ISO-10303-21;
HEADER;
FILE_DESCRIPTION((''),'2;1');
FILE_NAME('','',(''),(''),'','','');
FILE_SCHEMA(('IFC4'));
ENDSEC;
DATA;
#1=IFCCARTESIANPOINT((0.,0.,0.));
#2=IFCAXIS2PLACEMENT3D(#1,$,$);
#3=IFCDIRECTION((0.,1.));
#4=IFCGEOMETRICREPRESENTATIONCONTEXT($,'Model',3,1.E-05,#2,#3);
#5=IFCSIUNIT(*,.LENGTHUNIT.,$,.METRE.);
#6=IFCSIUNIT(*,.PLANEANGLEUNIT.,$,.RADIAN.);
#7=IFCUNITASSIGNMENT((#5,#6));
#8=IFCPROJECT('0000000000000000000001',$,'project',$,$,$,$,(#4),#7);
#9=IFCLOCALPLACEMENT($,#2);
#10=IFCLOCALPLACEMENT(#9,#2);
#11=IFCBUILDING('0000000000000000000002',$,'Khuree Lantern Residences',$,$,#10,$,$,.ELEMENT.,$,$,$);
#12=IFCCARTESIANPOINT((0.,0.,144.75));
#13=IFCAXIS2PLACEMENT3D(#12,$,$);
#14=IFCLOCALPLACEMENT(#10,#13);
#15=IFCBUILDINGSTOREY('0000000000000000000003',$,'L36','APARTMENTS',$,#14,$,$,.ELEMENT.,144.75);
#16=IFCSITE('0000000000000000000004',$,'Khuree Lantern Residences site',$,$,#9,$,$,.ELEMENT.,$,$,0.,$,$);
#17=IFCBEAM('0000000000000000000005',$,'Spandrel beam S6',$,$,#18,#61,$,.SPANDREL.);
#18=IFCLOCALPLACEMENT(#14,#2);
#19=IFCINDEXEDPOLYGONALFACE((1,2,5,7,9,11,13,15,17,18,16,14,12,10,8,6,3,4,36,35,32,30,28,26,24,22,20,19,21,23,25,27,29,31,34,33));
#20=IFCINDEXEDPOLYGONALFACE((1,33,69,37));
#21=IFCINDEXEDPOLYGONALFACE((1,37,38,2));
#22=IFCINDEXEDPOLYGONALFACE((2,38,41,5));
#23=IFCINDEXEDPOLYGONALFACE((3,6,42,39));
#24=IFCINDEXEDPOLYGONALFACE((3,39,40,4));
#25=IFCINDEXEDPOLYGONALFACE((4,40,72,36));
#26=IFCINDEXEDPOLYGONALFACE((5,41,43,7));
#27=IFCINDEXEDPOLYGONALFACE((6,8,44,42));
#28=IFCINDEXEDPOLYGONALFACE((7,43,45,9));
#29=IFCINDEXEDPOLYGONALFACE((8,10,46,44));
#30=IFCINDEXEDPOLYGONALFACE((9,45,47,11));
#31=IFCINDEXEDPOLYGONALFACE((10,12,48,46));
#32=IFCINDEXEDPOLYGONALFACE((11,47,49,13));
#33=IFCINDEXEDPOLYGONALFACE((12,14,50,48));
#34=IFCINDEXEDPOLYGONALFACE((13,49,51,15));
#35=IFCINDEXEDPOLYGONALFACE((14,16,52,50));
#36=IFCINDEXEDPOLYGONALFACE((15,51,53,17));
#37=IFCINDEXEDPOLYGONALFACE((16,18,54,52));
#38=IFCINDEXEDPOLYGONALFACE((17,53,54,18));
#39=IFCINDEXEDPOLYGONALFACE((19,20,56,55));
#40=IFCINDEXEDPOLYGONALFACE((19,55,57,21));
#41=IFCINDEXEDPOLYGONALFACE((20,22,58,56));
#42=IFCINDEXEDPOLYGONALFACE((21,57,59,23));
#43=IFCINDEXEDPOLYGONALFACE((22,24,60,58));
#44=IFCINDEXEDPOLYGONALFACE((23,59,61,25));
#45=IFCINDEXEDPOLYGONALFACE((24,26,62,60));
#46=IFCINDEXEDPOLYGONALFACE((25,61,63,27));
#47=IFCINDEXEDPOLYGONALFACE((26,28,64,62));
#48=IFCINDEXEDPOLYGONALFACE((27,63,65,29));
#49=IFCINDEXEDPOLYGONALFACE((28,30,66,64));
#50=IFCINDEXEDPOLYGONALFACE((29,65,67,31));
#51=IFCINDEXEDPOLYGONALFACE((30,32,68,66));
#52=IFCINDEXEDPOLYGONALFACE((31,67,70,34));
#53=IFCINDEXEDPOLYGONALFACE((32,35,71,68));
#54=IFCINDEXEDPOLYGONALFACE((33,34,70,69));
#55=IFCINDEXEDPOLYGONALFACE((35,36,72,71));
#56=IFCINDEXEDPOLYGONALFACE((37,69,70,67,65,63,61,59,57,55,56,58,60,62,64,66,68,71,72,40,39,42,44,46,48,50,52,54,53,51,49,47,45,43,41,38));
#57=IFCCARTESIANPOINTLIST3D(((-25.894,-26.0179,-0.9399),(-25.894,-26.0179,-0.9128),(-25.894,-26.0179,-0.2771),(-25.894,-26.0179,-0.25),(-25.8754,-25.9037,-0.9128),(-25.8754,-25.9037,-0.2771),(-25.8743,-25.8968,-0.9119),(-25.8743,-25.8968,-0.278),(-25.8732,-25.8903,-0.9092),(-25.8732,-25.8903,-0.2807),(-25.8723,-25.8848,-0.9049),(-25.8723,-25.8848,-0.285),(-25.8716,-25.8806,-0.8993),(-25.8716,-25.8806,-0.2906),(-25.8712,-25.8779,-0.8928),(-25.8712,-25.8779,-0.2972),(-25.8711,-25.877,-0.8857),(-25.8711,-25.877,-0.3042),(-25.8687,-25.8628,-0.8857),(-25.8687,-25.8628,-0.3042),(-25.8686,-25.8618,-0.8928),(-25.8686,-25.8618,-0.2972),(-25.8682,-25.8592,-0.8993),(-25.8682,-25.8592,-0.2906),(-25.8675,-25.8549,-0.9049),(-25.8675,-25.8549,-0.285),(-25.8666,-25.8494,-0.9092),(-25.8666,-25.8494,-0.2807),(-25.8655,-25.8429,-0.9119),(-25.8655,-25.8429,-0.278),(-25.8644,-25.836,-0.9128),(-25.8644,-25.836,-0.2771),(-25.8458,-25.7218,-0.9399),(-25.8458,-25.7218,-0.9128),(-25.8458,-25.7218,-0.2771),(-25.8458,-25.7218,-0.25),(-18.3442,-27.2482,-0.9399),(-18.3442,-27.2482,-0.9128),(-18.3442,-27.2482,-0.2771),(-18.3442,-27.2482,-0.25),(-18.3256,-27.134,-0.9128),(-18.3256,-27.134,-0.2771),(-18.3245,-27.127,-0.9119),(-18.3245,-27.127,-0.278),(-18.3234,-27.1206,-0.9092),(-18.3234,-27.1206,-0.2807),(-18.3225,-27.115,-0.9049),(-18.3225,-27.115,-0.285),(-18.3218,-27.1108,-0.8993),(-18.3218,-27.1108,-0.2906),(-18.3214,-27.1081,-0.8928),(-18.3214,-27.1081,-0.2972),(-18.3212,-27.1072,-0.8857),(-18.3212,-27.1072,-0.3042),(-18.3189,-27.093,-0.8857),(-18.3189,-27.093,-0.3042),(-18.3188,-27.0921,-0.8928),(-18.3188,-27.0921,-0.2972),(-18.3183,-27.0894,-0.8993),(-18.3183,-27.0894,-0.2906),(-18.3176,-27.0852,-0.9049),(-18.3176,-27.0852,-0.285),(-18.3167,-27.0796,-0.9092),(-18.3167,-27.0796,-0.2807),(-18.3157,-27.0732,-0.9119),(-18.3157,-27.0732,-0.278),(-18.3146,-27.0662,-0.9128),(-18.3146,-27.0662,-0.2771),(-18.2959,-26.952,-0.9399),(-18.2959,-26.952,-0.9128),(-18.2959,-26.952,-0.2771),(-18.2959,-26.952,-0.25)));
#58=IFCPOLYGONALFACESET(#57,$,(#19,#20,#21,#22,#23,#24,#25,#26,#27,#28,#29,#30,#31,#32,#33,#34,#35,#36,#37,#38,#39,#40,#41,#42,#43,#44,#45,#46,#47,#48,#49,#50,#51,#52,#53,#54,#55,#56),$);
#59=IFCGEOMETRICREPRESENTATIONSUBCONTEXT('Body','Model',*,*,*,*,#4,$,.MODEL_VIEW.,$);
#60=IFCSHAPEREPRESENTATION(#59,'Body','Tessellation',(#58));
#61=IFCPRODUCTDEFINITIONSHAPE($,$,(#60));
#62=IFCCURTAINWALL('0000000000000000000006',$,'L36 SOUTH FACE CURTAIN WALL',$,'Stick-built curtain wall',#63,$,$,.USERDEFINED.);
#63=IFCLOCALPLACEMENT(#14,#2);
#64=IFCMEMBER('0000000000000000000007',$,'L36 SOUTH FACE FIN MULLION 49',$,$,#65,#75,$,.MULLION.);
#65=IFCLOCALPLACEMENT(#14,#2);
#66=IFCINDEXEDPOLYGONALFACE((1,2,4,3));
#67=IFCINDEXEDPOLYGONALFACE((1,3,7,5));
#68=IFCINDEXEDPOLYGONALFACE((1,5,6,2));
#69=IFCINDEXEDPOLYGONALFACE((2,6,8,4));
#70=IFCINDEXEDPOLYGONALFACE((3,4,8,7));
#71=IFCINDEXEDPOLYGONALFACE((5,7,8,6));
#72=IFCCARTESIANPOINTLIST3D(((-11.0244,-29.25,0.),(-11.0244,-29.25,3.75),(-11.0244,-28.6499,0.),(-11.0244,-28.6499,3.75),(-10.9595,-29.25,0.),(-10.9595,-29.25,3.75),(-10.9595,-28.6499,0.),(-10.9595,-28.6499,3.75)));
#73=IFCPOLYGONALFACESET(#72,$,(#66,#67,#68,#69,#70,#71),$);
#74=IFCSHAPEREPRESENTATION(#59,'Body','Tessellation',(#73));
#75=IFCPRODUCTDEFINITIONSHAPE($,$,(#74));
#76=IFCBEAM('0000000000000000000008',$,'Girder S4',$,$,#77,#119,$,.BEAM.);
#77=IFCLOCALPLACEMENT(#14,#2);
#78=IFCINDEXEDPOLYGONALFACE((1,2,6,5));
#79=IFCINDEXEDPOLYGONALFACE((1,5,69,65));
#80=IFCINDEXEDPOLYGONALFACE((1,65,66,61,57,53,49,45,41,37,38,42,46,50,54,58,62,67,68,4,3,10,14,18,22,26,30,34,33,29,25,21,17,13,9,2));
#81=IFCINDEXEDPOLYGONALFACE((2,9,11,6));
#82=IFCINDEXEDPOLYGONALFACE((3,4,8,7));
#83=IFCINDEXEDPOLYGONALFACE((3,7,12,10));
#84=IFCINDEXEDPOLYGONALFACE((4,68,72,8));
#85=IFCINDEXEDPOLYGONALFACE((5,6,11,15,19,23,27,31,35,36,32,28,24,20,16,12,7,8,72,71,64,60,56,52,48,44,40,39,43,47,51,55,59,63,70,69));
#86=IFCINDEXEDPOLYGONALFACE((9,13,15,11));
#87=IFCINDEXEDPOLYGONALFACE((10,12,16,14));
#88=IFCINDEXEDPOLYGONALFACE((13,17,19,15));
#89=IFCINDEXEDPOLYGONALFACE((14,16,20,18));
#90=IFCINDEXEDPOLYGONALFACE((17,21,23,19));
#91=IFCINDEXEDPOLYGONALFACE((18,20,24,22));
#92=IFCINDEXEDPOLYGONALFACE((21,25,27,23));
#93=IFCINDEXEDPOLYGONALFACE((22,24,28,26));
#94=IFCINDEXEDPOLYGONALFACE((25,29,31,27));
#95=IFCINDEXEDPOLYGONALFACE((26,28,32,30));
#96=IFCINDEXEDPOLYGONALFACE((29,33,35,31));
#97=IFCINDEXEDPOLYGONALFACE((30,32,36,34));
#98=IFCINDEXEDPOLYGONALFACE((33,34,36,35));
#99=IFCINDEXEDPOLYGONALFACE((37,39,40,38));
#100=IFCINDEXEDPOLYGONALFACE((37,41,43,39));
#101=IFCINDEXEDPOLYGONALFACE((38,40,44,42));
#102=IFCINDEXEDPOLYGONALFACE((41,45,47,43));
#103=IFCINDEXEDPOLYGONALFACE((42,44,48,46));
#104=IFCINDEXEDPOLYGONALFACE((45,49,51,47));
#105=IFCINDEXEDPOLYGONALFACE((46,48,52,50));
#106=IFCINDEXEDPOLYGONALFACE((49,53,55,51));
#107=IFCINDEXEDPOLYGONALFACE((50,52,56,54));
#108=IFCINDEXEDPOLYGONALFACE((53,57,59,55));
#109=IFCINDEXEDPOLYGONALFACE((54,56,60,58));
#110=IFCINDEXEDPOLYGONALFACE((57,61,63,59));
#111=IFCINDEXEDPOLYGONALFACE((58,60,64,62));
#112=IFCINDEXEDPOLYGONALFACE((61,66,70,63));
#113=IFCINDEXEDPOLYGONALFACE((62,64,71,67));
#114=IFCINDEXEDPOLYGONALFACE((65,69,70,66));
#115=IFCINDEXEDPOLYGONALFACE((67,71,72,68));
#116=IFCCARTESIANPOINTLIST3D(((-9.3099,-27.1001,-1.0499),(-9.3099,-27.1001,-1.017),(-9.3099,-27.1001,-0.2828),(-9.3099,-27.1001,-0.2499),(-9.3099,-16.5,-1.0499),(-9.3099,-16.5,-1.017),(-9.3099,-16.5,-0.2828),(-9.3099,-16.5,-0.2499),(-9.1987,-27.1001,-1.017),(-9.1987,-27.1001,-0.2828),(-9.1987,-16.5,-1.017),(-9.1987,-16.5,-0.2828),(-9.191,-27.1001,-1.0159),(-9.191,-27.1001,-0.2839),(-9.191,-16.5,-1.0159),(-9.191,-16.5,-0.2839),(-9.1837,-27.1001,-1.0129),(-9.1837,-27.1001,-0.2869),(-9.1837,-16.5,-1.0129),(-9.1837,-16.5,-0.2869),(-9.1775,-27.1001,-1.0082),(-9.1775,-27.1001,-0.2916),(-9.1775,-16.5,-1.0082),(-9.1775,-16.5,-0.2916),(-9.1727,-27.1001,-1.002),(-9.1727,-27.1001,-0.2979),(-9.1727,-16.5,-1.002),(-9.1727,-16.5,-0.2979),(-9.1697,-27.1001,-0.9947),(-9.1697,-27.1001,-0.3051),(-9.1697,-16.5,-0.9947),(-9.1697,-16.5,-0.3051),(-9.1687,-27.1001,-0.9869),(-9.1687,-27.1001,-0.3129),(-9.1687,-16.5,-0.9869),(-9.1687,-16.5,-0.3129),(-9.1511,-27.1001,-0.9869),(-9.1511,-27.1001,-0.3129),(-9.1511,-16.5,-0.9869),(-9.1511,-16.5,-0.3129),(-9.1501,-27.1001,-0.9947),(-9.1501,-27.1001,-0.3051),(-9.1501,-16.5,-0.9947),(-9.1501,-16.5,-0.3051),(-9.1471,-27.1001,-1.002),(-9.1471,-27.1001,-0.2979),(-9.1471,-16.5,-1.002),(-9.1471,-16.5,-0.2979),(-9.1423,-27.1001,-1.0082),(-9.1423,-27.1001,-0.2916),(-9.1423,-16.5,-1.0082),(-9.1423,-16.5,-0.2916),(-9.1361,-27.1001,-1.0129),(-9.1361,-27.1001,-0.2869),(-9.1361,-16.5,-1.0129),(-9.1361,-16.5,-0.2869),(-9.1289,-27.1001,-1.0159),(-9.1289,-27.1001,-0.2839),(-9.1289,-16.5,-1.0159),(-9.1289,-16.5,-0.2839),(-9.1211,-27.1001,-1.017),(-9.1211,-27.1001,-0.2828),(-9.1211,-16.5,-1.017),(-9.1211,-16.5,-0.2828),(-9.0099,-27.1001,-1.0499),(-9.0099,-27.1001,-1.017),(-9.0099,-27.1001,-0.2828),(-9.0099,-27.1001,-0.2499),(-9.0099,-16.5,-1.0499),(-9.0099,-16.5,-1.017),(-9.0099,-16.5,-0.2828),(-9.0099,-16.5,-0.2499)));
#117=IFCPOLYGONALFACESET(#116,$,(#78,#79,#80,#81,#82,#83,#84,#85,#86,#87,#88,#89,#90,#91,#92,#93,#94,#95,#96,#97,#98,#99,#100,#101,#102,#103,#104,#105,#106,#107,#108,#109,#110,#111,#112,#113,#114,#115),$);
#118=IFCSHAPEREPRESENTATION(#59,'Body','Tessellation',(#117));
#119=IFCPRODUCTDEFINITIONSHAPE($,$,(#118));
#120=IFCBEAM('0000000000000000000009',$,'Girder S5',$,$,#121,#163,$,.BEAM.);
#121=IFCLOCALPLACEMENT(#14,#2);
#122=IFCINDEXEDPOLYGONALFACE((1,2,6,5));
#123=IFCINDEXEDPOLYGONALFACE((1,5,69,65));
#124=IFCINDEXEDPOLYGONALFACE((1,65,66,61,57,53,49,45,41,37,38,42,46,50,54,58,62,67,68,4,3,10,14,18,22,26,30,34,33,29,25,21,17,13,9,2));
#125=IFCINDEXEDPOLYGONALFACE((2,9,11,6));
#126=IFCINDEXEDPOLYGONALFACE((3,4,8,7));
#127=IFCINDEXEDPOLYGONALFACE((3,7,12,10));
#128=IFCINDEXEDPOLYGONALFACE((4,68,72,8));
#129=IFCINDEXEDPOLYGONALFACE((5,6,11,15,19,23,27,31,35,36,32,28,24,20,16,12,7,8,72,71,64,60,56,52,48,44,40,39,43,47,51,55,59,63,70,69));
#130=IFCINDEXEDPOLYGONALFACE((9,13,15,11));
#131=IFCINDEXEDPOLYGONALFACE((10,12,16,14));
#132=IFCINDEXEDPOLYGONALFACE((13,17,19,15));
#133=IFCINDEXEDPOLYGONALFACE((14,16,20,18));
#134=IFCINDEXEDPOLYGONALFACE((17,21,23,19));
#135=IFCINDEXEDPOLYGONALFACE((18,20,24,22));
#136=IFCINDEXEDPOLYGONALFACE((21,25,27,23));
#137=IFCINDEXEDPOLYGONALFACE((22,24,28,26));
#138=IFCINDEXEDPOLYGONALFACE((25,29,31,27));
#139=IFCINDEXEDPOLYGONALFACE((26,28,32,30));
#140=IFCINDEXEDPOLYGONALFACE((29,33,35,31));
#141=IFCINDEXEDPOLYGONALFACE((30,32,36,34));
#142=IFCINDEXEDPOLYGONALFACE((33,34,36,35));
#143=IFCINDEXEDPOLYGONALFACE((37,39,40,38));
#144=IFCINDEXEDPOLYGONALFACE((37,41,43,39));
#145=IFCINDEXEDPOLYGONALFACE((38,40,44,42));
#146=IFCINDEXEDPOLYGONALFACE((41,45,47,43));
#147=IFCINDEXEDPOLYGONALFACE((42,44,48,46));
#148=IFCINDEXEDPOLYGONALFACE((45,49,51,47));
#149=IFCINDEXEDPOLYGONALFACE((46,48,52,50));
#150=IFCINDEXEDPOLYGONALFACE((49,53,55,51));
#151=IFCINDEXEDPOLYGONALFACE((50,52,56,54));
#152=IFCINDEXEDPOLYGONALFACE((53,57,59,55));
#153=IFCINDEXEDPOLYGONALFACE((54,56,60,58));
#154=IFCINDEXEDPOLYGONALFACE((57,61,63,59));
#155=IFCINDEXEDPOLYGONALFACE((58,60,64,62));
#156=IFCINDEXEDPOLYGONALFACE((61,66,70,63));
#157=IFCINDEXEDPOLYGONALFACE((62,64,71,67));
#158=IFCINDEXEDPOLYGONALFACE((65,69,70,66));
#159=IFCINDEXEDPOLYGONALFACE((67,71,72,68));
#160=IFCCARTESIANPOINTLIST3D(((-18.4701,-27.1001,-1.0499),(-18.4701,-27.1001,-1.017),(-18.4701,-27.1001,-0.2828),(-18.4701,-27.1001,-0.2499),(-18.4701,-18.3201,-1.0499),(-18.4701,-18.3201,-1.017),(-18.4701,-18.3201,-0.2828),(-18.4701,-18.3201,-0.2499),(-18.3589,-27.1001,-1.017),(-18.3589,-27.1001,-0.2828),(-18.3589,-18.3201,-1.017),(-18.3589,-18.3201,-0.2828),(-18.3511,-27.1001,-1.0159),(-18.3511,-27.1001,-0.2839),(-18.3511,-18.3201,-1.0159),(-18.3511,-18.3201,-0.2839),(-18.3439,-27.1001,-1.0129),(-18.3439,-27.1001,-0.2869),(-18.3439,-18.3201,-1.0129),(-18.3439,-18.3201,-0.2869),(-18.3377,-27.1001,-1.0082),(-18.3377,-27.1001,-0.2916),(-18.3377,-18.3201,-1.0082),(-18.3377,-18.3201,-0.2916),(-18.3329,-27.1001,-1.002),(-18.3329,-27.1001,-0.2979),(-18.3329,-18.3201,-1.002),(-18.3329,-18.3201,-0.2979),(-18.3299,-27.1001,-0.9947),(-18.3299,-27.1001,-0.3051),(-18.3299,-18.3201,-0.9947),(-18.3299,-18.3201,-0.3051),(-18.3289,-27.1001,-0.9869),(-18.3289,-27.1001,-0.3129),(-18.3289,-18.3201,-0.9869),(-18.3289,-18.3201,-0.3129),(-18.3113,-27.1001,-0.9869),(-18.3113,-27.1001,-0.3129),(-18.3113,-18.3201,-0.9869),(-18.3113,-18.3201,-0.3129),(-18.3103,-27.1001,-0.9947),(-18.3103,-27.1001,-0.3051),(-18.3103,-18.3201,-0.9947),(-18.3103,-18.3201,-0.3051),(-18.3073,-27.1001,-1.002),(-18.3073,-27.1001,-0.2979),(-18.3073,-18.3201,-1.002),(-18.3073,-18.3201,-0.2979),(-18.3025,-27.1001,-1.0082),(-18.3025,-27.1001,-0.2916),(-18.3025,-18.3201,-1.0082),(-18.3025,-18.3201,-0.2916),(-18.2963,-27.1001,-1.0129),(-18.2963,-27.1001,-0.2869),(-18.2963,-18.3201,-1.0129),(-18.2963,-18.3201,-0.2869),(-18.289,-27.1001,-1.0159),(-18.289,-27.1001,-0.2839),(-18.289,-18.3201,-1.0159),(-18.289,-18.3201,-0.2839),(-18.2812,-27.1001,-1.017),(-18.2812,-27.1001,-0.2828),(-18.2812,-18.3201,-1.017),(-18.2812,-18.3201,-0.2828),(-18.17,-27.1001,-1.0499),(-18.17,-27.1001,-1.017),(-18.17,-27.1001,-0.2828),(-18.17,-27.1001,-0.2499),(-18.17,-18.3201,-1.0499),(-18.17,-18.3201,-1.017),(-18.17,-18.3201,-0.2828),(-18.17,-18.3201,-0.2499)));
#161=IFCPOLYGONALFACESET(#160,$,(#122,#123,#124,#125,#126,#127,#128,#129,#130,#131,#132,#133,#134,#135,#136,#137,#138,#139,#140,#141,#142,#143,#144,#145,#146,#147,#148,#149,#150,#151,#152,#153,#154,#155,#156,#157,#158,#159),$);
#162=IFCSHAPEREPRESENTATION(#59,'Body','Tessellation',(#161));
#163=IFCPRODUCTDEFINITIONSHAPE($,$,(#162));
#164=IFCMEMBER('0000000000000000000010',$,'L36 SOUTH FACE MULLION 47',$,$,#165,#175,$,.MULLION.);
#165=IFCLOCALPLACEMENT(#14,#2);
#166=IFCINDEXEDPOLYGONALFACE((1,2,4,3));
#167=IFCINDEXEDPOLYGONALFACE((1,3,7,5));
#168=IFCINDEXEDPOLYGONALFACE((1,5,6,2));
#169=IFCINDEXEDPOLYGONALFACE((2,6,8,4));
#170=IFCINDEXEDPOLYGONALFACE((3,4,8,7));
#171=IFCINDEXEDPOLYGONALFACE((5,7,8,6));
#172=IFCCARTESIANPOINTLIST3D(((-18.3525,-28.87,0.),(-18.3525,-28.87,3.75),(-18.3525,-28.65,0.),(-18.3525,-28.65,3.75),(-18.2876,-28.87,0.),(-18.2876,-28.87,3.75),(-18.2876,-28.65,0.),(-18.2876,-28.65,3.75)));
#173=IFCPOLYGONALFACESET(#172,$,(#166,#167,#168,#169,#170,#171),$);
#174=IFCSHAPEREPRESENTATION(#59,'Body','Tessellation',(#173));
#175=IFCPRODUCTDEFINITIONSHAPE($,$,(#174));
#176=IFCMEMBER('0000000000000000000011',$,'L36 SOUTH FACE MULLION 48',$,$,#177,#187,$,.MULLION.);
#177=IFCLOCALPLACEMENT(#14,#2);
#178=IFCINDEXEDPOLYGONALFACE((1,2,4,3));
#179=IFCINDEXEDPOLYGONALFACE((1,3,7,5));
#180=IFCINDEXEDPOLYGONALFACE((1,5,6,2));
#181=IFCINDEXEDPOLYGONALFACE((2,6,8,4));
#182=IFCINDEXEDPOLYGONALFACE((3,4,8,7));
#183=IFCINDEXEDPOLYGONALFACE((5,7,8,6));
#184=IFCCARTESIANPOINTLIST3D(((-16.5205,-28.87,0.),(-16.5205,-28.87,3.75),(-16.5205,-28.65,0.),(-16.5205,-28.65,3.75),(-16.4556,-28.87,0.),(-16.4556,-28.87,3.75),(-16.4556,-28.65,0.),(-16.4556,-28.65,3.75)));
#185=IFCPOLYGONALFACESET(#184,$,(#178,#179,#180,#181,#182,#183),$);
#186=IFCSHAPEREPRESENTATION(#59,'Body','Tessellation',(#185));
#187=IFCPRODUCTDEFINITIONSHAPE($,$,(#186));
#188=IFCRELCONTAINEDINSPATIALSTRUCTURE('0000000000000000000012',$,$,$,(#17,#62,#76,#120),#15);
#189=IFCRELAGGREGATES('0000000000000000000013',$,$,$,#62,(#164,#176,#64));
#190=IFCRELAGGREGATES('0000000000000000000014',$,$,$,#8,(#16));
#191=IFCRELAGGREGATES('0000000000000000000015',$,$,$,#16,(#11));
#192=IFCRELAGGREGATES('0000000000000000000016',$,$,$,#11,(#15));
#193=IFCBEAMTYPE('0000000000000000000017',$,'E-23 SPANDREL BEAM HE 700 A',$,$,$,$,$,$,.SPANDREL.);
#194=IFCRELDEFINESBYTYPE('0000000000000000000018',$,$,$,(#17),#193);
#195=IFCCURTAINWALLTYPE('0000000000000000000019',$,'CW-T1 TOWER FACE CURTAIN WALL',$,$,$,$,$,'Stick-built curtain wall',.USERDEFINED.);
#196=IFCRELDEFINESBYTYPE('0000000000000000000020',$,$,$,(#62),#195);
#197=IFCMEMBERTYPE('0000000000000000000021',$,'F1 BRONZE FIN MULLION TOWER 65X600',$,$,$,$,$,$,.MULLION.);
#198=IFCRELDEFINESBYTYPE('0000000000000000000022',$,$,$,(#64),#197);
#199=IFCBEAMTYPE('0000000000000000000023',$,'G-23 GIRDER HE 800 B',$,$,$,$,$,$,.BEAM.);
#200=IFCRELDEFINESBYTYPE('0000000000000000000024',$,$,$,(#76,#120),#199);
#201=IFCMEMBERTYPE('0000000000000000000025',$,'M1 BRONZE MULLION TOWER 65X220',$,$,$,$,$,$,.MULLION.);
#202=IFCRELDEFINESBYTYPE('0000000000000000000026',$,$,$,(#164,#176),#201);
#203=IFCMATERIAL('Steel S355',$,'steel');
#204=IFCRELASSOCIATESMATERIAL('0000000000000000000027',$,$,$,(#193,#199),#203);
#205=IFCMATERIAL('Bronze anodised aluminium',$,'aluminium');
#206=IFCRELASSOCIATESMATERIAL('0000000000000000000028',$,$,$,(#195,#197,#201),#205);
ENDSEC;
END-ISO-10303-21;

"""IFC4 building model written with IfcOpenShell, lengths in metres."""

from ifc_helpers import new_model, si_unit, direction, frame, origin, origin_2d, place, context, subcontext, project, spatial, rectangle, i_section, extrude, material, material_profile, profile_set, type_object, element, aggregate, save


model = new_model("IFC4")

# Units and contexts
model_context = context("Model", 3, precision=1e-05, world=origin(), true_north=direction((0.0, 1.0)))
body_context = subcontext(model_context, "Body", "Model", "MODEL_VIEW")
ifc_project = project(units=[si_unit("LENGTHUNIT", "METRE"), si_unit("PLANEANGLEUNIT", "RADIAN")], contexts=[model_context])

# Site, building, storey
site_placement = place(None, origin())
site = spatial("IfcSite", under=ifc_project, at=site_placement, Name="Khuree Lantern Residences site", CompositionType="ELEMENT", RefElevation=0.0)
building_placement = place(site_placement, origin())
building = spatial("IfcBuilding", under=site, at=building_placement, Name="Khuree Lantern Residences", CompositionType="ELEMENT")
storey_placement = place(building_placement, frame((0.0, 0.0, 144.75)))
storey = spatial("IfcBuildingStorey", under=building, at=storey_placement, Name="L36", Description="APARTMENTS", CompositionType="ELEMENT", Elevation=144.75)

# Beam
ifc_material_1 = material(Name="Steel S355", Category="steel")
ifc_material_profile_1 = material_profile(ifc_material_1, i_section(OverallWidth=0.3, OverallDepth=0.6899, WebThickness=0.0144, FlangeThickness=0.0271, FilletRadius=0.0271, at=origin_2d()), Name="HE 700 A")
ifc_profile_set_1 = profile_set([ifc_material_profile_1], Name="Steel S355")
beam_type_1 = type_object("IfcBeamType", Name="E-23 SPANDREL BEAM HE 700 A", PredefinedType="SPANDREL", material=ifc_profile_set_1)
beam_1_placement = place(storey_placement, frame((-18.3201, -27.1001, -0.595), z_axis=(-0.986983, 0.160827, 0.0), x_axis=(-0.160827, -0.986983, 0.0)))
element("IfcBeam", 1, at=beam_1_placement, inside=storey, type_object=beam_type_1, Name="Spandrel beam S6", PredefinedType="SPANDREL", context=body_context, shape_type="SweptSolid", body=[
    extrude(i_section(OverallWidth=0.3, OverallDepth=0.6899, WebThickness=0.0144, FlangeThickness=0.0271, FilletRadius=0.0271, at=origin_2d()), origin(), (0.0, 0.0, 1.0), 7.6494),
])

# Curtain wall, member
ifc_material_2 = material(Name="Bronze anodised aluminium", Category="aluminium")
curtain_wall_type = type_object("IfcCurtainWallType", Name="CW-T1 TOWER FACE CURTAIN WALL", ElementType="Stick-built curtain wall", PredefinedType="USERDEFINED", material=ifc_material_2)
curtain_wall_placement = place(storey_placement, origin())
curtain_wall = element("IfcCurtainWall", 2, at=curtain_wall_placement, inside=storey, type_object=curtain_wall_type, Name="L36 SOUTH FACE CURTAIN WALL", ObjectType="Stick-built curtain wall", PredefinedType="USERDEFINED")
ifc_material_profile_2 = material_profile(ifc_material_2, rectangle(XDim=0.0649, YDim=0.6001, at=origin_2d()), Name="F1 65X600")
ifc_profile_set_2 = profile_set([ifc_material_profile_2], Name="Bronze anodised aluminium")
member_type_1 = type_object("IfcMemberType", Name="F1 BRONZE FIN MULLION TOWER 65X600", PredefinedType="MULLION", material=ifc_profile_set_2)
member_1_placement = place(storey_placement, frame((-10.9919, -28.95, 0.0), z_axis=(0.0, 0.0, 1.0), x_axis=(1.0, 0.0, 0.0)))
member_1 = element("IfcMember", 3, at=member_1_placement, type_object=member_type_1, Name="L36 SOUTH FACE FIN MULLION 49", PredefinedType="MULLION", context=body_context, shape_type="SweptSolid", body=[
    extrude(rectangle(XDim=0.0649, YDim=0.6001, at=origin_2d()), origin(), (0.0, 0.0, 1.0), 3.75),
])

# Beams
ifc_material_profile_3 = material_profile(ifc_material_1, i_section(OverallWidth=0.3, OverallDepth=0.8, WebThickness=0.0176, FlangeThickness=0.033, FilletRadius=0.03, at=origin_2d()), Name="HE 800 B")
ifc_profile_set_3 = profile_set([ifc_material_profile_3], Name="Steel S355")
beam_type_2 = type_object("IfcBeamType", Name="G-23 GIRDER HE 800 B", PredefinedType="BEAM", material=ifc_profile_set_3)
beam_2_placement = place(storey_placement, frame((-9.1599, -27.1001, -0.6499), z_axis=(0.0, 1.0, 0.0), x_axis=(-1.0, 0.0, 0.0)))
element("IfcBeam", 4, at=beam_2_placement, inside=storey, type_object=beam_type_2, Name="Girder S4", PredefinedType="BEAM", context=body_context, shape_type="SweptSolid", body=[
    extrude(i_section(OverallWidth=0.3, OverallDepth=0.8, WebThickness=0.0176, FlangeThickness=0.033, FilletRadius=0.03, at=origin_2d()), origin(), (0.0, 0.0, 1.0), 10.6001),
])
beam_3_placement = place(storey_placement, frame((-18.3201, -27.1001, -0.6499), z_axis=(0.0, 1.0, 0.0), x_axis=(-1.0, 0.0, 0.0)))
element("IfcBeam", 5, at=beam_3_placement, inside=storey, type_object=beam_type_2, Name="Girder S5", PredefinedType="BEAM", context=body_context, shape_type="SweptSolid", body=[
    extrude(i_section(OverallWidth=0.3, OverallDepth=0.8, WebThickness=0.0176, FlangeThickness=0.033, FilletRadius=0.03, at=origin_2d()), origin(), (0.0, 0.0, 1.0), 8.78),
])

# Members
ifc_material_profile_4 = material_profile(ifc_material_2, rectangle(XDim=0.0649, YDim=0.22, at=origin_2d()), Name="M1 65X220")
ifc_profile_set_4 = profile_set([ifc_material_profile_4], Name="Bronze anodised aluminium")
member_type_2 = type_object("IfcMemberType", Name="M1 BRONZE MULLION TOWER 65X220", PredefinedType="MULLION", material=ifc_profile_set_4)
member_2_placement = place(storey_placement, frame((-18.3201, -28.76, 0.0), z_axis=(0.0, 0.0, 1.0), x_axis=(1.0, 0.0, 0.0)))
member_2 = element("IfcMember", 6, at=member_2_placement, type_object=member_type_2, Name="L36 SOUTH FACE MULLION 47", PredefinedType="MULLION", context=body_context, shape_type="SweptSolid", body=[
    extrude(rectangle(XDim=0.0649, YDim=0.22, at=origin_2d()), origin(), (0.0, 0.0, 1.0), 3.75),
])
member_3_placement = place(storey_placement, frame((-16.488, -28.76, 0.0), z_axis=(0.0, 0.0, 1.0), x_axis=(1.0, 0.0, 0.0)))
member_3 = element("IfcMember", 7, at=member_3_placement, type_object=member_type_2, Name="L36 SOUTH FACE MULLION 48", PredefinedType="MULLION", context=body_context, shape_type="SweptSolid", body=[
    extrude(rectangle(XDim=0.0649, YDim=0.22, at=origin_2d()), origin(), (0.0, 0.0, 1.0), 3.75),
])

aggregate(curtain_wall, [member_2, member_3, member_1])

save(model, "model.ifc")
